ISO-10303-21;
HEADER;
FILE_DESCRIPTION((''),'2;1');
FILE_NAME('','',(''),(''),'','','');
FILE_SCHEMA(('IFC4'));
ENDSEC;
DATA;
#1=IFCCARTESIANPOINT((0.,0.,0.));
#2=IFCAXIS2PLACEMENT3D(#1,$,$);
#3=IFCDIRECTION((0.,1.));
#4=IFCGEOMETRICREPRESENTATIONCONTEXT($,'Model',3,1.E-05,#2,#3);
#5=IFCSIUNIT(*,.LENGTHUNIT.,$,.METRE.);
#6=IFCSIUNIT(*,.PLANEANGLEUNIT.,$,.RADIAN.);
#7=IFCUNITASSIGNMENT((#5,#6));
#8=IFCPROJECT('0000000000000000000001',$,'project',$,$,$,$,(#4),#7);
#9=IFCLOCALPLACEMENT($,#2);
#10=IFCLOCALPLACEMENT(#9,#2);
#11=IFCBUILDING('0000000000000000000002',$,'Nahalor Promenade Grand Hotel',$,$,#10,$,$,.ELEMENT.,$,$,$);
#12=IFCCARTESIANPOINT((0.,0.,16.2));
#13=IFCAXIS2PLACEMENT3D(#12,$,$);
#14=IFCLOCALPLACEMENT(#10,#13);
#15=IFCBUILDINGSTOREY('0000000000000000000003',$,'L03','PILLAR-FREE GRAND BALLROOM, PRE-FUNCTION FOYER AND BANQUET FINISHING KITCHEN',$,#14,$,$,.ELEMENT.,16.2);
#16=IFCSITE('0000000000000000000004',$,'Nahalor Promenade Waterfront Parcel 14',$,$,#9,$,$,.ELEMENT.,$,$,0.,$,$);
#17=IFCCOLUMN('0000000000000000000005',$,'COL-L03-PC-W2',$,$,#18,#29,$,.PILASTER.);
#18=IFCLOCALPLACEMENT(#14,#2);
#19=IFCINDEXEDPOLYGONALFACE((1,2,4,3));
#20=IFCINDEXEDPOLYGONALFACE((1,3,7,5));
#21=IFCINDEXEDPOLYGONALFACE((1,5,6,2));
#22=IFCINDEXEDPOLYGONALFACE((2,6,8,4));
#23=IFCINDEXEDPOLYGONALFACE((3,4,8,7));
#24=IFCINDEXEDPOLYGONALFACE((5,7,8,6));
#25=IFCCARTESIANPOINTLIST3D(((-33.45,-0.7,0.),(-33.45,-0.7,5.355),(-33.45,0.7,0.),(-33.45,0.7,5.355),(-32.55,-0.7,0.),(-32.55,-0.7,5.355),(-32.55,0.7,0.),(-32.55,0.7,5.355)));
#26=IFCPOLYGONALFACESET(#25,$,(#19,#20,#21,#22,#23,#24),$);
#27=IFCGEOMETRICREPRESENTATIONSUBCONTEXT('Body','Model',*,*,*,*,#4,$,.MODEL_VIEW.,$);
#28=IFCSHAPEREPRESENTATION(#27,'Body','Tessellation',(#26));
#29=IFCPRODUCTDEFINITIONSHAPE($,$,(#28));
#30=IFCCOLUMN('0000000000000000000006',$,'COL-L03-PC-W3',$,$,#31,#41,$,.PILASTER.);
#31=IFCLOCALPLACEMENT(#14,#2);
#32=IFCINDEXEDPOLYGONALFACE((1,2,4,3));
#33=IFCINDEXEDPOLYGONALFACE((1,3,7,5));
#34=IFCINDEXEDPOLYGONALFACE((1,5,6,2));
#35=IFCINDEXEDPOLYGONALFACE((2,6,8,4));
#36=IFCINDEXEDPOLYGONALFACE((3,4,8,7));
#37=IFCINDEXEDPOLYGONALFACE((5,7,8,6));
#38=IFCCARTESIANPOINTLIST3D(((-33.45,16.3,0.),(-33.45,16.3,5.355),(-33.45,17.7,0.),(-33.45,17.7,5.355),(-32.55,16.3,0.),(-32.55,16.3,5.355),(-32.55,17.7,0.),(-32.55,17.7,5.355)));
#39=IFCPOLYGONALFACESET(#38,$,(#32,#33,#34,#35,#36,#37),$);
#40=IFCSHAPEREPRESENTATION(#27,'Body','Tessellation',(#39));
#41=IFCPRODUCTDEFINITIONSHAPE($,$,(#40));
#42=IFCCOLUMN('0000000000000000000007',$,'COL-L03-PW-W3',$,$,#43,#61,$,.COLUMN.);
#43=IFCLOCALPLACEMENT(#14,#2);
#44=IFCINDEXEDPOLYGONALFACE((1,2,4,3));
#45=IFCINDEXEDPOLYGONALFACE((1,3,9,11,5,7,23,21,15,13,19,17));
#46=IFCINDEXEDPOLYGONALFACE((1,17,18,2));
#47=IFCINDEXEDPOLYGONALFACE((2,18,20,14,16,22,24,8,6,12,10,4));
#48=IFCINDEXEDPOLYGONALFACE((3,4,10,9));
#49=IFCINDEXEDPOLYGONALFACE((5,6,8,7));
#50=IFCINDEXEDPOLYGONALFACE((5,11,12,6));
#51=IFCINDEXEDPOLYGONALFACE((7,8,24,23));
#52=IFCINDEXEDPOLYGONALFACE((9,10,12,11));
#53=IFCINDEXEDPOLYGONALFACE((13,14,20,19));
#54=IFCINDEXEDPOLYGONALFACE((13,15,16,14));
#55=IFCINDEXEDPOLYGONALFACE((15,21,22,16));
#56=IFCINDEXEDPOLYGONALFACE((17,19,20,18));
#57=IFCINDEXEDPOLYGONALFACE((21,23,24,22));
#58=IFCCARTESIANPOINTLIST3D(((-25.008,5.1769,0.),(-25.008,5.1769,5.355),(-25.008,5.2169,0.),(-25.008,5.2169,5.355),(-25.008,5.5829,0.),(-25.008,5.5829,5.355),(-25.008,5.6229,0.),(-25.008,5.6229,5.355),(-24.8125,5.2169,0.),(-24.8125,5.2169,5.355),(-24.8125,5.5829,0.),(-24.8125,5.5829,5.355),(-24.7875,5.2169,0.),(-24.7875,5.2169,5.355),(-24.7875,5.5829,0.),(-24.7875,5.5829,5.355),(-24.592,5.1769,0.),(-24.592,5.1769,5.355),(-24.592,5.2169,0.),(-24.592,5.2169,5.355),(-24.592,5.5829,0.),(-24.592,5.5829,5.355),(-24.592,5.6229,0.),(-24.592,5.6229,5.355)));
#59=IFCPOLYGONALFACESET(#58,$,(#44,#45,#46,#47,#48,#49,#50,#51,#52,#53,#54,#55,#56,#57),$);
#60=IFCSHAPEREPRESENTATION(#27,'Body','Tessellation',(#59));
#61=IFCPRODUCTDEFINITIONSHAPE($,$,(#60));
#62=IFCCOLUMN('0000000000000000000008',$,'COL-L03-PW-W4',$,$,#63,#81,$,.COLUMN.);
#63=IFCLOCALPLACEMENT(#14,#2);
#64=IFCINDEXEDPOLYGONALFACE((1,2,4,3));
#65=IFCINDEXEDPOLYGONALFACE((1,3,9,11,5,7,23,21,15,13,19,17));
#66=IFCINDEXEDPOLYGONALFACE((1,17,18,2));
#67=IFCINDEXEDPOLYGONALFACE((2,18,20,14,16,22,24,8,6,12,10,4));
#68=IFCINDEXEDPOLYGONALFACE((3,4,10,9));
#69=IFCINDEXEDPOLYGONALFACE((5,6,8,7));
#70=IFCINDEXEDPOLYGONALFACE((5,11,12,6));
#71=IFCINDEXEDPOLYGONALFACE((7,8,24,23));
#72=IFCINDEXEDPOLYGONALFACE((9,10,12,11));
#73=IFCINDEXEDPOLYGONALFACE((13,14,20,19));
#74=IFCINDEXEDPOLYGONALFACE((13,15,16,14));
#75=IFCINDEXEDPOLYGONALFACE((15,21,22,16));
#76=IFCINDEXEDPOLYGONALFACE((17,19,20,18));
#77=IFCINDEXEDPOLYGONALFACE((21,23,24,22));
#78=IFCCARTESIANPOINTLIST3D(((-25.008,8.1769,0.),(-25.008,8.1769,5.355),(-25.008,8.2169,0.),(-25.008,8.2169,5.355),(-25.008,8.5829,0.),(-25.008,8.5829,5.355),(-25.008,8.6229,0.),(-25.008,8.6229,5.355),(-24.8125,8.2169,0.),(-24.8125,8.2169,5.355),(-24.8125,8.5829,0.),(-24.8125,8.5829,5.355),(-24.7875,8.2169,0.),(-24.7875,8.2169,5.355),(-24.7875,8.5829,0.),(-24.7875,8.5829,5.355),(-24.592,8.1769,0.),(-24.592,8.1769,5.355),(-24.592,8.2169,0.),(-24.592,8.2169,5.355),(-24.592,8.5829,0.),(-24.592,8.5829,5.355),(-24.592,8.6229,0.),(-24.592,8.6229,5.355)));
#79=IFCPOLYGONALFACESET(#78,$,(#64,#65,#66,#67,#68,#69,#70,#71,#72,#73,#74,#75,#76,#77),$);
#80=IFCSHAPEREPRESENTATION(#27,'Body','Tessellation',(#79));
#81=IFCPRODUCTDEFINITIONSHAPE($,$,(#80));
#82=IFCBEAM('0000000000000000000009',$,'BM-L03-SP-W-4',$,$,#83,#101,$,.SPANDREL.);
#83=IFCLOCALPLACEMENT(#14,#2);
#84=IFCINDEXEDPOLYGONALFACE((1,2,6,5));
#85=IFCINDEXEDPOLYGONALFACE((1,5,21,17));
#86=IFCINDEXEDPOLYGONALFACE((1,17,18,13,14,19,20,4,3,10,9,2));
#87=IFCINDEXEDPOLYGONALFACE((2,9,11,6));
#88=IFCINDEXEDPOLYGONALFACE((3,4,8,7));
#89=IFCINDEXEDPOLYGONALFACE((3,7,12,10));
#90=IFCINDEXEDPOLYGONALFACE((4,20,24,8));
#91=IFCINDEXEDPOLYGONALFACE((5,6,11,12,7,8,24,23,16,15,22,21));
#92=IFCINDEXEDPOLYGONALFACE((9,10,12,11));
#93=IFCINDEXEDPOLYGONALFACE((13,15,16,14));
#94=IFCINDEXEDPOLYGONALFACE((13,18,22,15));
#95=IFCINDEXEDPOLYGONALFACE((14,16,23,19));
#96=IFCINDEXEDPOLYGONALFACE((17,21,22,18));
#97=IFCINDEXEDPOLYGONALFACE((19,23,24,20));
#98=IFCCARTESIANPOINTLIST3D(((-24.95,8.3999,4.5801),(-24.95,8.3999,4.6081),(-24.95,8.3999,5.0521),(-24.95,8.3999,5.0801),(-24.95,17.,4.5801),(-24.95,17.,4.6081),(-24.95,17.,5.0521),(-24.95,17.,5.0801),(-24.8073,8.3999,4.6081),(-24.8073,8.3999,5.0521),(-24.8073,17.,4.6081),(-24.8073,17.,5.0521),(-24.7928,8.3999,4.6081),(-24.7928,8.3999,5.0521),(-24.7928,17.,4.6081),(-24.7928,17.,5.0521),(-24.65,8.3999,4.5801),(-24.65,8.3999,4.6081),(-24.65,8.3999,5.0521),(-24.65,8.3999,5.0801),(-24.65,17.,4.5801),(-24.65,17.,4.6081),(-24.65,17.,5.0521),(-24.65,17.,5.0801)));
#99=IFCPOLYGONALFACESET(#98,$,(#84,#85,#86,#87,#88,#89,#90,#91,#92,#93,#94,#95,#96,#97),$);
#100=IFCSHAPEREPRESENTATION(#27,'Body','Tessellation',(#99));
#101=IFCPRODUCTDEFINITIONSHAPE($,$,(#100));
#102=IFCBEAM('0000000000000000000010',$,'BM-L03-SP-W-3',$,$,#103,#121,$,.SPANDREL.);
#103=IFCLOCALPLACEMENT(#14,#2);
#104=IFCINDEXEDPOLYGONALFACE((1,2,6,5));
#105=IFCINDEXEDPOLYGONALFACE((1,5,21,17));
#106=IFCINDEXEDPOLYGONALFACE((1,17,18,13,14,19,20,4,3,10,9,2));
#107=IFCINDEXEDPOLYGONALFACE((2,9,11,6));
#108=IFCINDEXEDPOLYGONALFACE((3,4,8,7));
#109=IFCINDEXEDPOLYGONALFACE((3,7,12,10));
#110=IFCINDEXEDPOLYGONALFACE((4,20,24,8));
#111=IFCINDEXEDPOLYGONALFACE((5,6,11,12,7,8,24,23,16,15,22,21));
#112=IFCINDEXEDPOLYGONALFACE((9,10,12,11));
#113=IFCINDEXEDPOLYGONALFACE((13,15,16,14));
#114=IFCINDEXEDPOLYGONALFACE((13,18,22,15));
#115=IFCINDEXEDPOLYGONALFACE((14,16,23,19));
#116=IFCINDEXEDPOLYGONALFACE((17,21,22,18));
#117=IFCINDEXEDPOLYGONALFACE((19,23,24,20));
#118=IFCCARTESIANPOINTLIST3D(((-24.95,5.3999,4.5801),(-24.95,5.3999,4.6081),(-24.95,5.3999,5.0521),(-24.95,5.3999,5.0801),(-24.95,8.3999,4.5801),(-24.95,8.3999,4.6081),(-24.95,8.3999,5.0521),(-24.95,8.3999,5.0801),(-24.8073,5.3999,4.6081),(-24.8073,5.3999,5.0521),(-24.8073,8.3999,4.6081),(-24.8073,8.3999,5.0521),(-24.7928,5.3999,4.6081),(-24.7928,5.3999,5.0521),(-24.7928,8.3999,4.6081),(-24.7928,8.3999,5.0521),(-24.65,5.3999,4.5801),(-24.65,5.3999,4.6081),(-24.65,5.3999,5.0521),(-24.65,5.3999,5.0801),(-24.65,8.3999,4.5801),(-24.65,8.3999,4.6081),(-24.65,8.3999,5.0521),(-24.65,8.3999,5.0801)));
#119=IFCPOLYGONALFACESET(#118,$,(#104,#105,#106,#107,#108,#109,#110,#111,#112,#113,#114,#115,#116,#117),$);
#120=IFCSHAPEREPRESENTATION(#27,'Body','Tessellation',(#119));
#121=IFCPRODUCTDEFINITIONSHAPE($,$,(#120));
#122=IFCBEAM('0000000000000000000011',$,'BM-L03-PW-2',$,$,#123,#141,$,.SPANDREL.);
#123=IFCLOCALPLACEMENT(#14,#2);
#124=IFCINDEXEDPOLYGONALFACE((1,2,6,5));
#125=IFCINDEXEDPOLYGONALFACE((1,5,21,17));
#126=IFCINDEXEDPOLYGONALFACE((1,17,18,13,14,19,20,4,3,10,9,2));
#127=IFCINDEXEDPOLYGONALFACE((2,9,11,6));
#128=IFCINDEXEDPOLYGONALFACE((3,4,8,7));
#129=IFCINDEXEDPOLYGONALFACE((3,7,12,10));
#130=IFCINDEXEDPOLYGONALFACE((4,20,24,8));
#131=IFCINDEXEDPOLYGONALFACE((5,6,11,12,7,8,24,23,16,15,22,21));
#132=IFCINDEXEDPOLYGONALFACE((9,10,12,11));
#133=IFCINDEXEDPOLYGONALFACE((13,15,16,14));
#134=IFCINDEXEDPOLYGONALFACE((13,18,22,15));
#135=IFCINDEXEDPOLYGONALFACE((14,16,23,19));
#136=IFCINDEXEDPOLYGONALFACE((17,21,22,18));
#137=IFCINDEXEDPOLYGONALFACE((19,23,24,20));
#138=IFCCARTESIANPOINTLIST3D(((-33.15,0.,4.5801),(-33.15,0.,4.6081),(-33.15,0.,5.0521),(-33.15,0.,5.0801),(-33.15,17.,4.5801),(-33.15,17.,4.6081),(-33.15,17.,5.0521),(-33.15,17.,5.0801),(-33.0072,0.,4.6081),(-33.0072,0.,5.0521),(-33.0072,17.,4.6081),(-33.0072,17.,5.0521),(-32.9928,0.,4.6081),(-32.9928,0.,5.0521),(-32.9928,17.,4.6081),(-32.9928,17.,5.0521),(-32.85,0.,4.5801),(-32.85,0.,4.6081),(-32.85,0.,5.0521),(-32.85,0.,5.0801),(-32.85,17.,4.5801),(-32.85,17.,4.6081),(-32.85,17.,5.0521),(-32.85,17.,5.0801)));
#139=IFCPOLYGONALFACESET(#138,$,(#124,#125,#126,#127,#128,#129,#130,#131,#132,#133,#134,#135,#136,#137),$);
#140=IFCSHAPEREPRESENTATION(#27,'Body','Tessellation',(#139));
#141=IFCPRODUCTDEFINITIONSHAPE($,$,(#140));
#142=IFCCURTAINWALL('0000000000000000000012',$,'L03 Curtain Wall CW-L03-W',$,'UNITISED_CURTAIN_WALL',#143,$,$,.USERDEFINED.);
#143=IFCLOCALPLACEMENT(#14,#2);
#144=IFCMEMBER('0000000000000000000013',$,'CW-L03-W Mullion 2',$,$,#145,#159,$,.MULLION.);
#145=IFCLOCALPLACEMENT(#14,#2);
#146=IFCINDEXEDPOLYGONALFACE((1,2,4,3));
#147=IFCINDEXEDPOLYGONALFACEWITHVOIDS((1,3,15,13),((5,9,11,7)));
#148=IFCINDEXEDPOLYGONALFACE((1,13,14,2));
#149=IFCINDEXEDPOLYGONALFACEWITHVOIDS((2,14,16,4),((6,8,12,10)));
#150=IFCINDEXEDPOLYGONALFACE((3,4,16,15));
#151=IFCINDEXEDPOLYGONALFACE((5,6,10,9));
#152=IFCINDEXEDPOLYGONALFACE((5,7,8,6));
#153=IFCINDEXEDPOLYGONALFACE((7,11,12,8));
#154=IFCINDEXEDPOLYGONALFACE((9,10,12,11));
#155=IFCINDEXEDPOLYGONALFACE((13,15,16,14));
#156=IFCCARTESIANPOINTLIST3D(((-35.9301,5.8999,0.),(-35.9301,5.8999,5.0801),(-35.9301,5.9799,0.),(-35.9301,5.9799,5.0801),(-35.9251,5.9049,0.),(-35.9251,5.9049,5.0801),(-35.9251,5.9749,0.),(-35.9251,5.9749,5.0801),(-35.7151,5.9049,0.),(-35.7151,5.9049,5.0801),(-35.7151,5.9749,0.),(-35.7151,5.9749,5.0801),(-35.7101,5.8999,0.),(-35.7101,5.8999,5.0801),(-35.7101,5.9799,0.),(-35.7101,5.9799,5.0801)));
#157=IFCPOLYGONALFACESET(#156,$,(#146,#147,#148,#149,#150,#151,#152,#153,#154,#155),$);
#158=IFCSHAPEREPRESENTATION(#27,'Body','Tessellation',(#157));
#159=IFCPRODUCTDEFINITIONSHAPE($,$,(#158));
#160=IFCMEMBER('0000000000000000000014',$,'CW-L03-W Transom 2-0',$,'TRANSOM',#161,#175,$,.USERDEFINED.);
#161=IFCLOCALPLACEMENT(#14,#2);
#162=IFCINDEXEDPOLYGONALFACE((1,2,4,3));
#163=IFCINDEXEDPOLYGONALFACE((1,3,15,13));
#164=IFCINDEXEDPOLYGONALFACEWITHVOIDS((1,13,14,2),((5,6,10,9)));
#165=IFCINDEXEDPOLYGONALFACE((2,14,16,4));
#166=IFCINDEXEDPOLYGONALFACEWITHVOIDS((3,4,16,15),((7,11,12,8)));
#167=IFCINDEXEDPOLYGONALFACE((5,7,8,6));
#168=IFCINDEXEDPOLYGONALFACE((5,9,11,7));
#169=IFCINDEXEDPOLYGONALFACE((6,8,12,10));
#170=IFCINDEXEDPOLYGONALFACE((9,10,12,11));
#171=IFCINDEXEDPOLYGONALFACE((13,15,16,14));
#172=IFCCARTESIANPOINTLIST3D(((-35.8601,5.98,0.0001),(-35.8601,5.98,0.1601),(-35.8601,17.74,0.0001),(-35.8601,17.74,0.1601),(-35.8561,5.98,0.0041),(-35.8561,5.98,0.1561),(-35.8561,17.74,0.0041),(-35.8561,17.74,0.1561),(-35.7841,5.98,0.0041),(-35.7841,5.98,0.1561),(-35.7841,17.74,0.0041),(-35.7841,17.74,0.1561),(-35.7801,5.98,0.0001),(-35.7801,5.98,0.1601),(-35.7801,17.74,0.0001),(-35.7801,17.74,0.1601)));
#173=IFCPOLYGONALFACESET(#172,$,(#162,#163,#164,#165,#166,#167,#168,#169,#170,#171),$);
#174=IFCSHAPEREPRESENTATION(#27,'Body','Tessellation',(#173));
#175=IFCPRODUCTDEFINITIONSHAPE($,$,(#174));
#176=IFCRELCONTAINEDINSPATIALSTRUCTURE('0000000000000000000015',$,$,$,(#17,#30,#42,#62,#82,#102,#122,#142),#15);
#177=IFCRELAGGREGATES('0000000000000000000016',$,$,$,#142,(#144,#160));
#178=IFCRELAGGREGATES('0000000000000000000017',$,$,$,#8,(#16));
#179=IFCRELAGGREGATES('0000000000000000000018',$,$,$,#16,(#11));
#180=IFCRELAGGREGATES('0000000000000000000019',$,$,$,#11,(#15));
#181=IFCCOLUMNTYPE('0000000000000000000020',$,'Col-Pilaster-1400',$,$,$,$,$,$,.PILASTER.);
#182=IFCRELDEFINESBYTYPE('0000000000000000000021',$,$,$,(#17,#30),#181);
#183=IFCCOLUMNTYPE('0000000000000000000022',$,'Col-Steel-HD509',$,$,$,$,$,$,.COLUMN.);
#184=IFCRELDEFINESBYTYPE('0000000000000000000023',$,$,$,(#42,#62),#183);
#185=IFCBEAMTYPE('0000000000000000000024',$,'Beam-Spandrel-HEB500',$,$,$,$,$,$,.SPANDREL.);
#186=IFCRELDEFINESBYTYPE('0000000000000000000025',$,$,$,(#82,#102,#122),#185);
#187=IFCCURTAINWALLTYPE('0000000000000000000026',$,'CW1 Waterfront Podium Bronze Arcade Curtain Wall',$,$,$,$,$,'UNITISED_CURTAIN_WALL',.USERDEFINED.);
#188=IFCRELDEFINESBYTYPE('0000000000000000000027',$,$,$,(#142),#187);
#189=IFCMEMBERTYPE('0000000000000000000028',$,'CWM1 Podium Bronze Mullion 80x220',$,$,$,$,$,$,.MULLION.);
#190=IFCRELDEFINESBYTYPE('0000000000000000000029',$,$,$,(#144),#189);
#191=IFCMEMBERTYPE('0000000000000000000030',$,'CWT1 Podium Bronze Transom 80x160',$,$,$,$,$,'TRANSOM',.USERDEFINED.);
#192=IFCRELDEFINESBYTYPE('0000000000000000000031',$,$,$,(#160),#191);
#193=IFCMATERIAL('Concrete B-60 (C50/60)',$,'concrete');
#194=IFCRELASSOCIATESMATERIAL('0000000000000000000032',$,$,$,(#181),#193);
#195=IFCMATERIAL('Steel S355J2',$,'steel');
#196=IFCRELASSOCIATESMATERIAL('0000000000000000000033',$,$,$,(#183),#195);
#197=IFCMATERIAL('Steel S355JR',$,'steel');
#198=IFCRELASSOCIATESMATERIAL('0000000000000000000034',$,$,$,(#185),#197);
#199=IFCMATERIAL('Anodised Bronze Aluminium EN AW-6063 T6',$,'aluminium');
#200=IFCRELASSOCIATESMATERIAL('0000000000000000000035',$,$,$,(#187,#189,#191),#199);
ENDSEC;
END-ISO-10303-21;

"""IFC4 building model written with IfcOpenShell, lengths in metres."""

from ifc_helpers import new_model, si_unit, direction, frame, origin, origin_2d, place, context, subcontext, project, spatial, rectangle, hollow_rectangle, i_section, extrude, source, transform, mapped, material, material_profile, profile_set, type_object, element, aggregate, save


model = new_model("IFC4")

# Units and contexts
model_context = context("Model", 3, precision=1e-05, world=origin(), true_north=direction((0.0, 1.0)))
body_context = subcontext(model_context, "Body", "Model", "MODEL_VIEW")
ifc_project = project(units=[si_unit("LENGTHUNIT", "METRE"), si_unit("PLANEANGLEUNIT", "RADIAN")], contexts=[model_context])

# Site, building, storey
site_placement = place(None, origin())
site = spatial("IfcSite", under=ifc_project, at=site_placement, Name="Nahalor Promenade Waterfront Parcel 14", CompositionType="ELEMENT", RefElevation=0.0)
building_placement = place(site_placement, origin())
building = spatial("IfcBuilding", under=site, at=building_placement, Name="Nahalor Promenade Grand Hotel", CompositionType="ELEMENT")
storey_placement = place(building_placement, frame((0.0, 0.0, 16.2)))
storey = spatial("IfcBuildingStorey", under=building, at=storey_placement, Name="L03", Description="PILLAR-FREE GRAND BALLROOM, PRE-FUNCTION FOYER AND BANQUET FINISHING KITCHEN", CompositionType="ELEMENT", Elevation=16.2)

# Columns
ifc_material_1 = material(Name="Concrete B-60 (C50/60)", Category="concrete")
ifc_material_profile_1 = material_profile(ifc_material_1, rectangle(XDim=0.9, YDim=1.4, at=origin_2d()), Name="RC 900x1400")
ifc_profile_set_1 = profile_set([ifc_material_profile_1], Name="Concrete B-60 (C50/60)")
column_type_1 = type_object("IfcColumnType", Name="Col-Pilaster-1400", PredefinedType="PILASTER", material=ifc_profile_set_1)
shared_shape_1 = source(origin(), body_context, "Body", "SweptSolid", [
    extrude(rectangle(XDim=0.9, YDim=1.4, at=origin_2d()), origin(), (0.0, 0.0, 1.0), 5.355),
])
for number, where, z_axis, x_axis, name in (
    (1, (-33.0, 0.0, 0.0), (0.0, 0.0, 1.0), (1.0, 0.0, 0.0), "COL-L03-PC-W2"),
    (2, (-33.0, 17.0, 0.0), (0.0, 0.0, 1.0), (1.0, 0.0, 0.0), "COL-L03-PC-W3"),
):
    element("IfcColumn", number, at=place(storey_placement, frame(where, z_axis=z_axis, x_axis=x_axis)), inside=storey, type_object=column_type_1, Name=name, PredefinedType="PILASTER", context=body_context, shape_type="MappedRepresentation", body=[
        mapped(shared_shape_1, transform((0.0, 0.0, 0.0), scale=1.0)),
    ])
ifc_material_2 = material(Name="Steel S355J2", Category="steel")
ifc_material_profile_2 = material_profile(ifc_material_2, i_section(OverallWidth=0.416, OverallDepth=0.446, WebThickness=0.025, FlangeThickness=0.04, at=origin_2d()), Name="HD 400x509")
ifc_profile_set_2 = profile_set([ifc_material_profile_2], Name="Steel S355J2")
column_type_2 = type_object("IfcColumnType", Name="Col-Steel-HD509", PredefinedType="COLUMN", material=ifc_profile_set_2)
shared_shape_2 = source(origin(), body_context, "Body", "SweptSolid", [
    extrude(i_section(OverallWidth=0.416, OverallDepth=0.446, WebThickness=0.025, FlangeThickness=0.04, at=origin_2d()), origin(), (0.0, 0.0, 1.0), 5.355),
])
for number, where, z_axis, x_axis, name in (
    (3, (-24.8, 5.3999, 0.0), (0.0, 0.0, 1.0), (1.0, 0.0, 0.0), "COL-L03-PW-W3"),
    (4, (-24.8, 8.3999, 0.0), (0.0, 0.0, 1.0), (1.0, 0.0, 0.0), "COL-L03-PW-W4"),
):
    element("IfcColumn", number, at=place(storey_placement, frame(where, z_axis=z_axis, x_axis=x_axis)), inside=storey, type_object=column_type_2, Name=name, PredefinedType="COLUMN", context=body_context, shape_type="MappedRepresentation", body=[
        mapped(shared_shape_2, transform((0.0, 0.0, 0.0), scale=1.0)),
    ])

# Beams
ifc_material_3 = material(Name="Steel S355JR", Category="steel")
ifc_material_profile_3 = material_profile(ifc_material_3, i_section(OverallWidth=0.3, OverallDepth=0.5, WebThickness=0.0145, FlangeThickness=0.028, at=origin_2d()), Name="HEB 500")
ifc_profile_set_3 = profile_set([ifc_material_profile_3], Name="Steel S355JR")
beam_type = type_object("IfcBeamType", Name="Beam-Spandrel-HEB500", PredefinedType="SPANDREL", material=ifc_profile_set_3)
shared_shape_3 = source(origin(), body_context, "Body", "SweptSolid", [
    extrude(i_section(OverallWidth=0.3, OverallDepth=0.5, WebThickness=0.0145, FlangeThickness=0.028, at=origin_2d()), origin(), (0.0, 0.0, 1.0), 8.6001),
])
beam_1_placement = place(storey_placement, frame((-24.8, 8.3999, 4.8301), z_axis=(0.0, 1.0, 0.0), x_axis=(-1.0, 0.0, 0.0)))
element("IfcBeam", 5, at=beam_1_placement, inside=storey, type_object=beam_type, Name="BM-L03-SP-W-4", PredefinedType="SPANDREL", context=body_context, shape_type="MappedRepresentation", body=[
    mapped(shared_shape_3, transform((0.0, 0.0, 0.0), scale=1.0)),
])
shared_shape_4 = source(origin(), body_context, "Body", "SweptSolid", [
    extrude(i_section(OverallWidth=0.3, OverallDepth=0.5, WebThickness=0.0145, FlangeThickness=0.028, at=origin_2d()), origin(), (0.0, 0.0, 1.0), 3.0),
])
beam_2_placement = place(storey_placement, frame((-24.8, 5.3999, 4.8301), z_axis=(0.0, 1.0, 0.0), x_axis=(-1.0, 0.0, 0.0)))
element("IfcBeam", 6, at=beam_2_placement, inside=storey, type_object=beam_type, Name="BM-L03-SP-W-3", PredefinedType="SPANDREL", context=body_context, shape_type="MappedRepresentation", body=[
    mapped(shared_shape_4, transform((0.0, 0.0, 0.0), scale=1.0)),
])
shared_shape_5 = source(origin(), body_context, "Body", "SweptSolid", [
    extrude(i_section(OverallWidth=0.3, OverallDepth=0.5, WebThickness=0.0145, FlangeThickness=0.028, at=origin_2d()), origin(), (0.0, 0.0, 1.0), 17.0),
])
beam_3_placement = place(storey_placement, frame((-33.0, 0.0, 4.8301), z_axis=(0.0, 1.0, 0.0), x_axis=(-1.0, 0.0, 0.0)))
element("IfcBeam", 7, at=beam_3_placement, inside=storey, type_object=beam_type, Name="BM-L03-PW-2", PredefinedType="SPANDREL", context=body_context, shape_type="MappedRepresentation", body=[
    mapped(shared_shape_5, transform((0.0, 0.0, 0.0), scale=1.0)),
])

# Curtain wall, members
ifc_material_4 = material(Name="Anodised Bronze Aluminium EN AW-6063 T6", Category="aluminium")
curtain_wall_type = type_object("IfcCurtainWallType", Name="CW1 Waterfront Podium Bronze Arcade Curtain Wall", ElementType="UNITISED_CURTAIN_WALL", PredefinedType="USERDEFINED", material=ifc_material_4)
curtain_wall_placement = place(storey_placement, origin())
curtain_wall = element("IfcCurtainWall", 8, at=curtain_wall_placement, inside=storey, type_object=curtain_wall_type, Name="L03 Curtain Wall CW-L03-W", ObjectType="UNITISED_CURTAIN_WALL", PredefinedType="USERDEFINED")
ifc_material_profile_4 = material_profile(ifc_material_4, hollow_rectangle(XDim=0.08, YDim=0.22, WallThickness=0.005, at=origin_2d()), Name="CWM 80x220x5")
ifc_profile_set_4 = profile_set([ifc_material_profile_4], Name="Anodised Bronze Aluminium EN AW-6063 T6")
member_type_1 = type_object("IfcMemberType", Name="CWM1 Podium Bronze Mullion 80x220", PredefinedType="MULLION", material=ifc_profile_set_4)
shared_shape_6 = source(origin(), body_context, "Body", "SweptSolid", [
    extrude(hollow_rectangle(XDim=0.08, YDim=0.22, WallThickness=0.005, at=origin_2d()), origin(), (0.0, 0.0, 1.0), 5.0801),
])
member_1_placement = place(storey_placement, frame((-35.8201, 5.9399, 0.0), z_axis=(0.0, 0.0, 1.0), x_axis=(0.0, 1.0, 0.0)))
member_1 = element("IfcMember", 9, at=member_1_placement, type_object=member_type_1, Name="CW-L03-W Mullion 2", PredefinedType="MULLION", context=body_context, shape_type="MappedRepresentation", body=[
    mapped(shared_shape_6, transform((0.0, 0.0, 0.0), scale=1.0)),
])
ifc_material_profile_5 = material_profile(ifc_material_4, hollow_rectangle(XDim=0.08, YDim=0.16, WallThickness=0.004, at=origin_2d()), Name="CWT 80x160x4")
ifc_profile_set_5 = profile_set([ifc_material_profile_5], Name="Anodised Bronze Aluminium EN AW-6063 T6")
member_type_2 = type_object("IfcMemberType", Name="CWT1 Podium Bronze Transom 80x160", ElementType="TRANSOM", PredefinedType="USERDEFINED", material=ifc_profile_set_5)
shared_shape_7 = source(origin(), body_context, "Body", "SweptSolid", [
    extrude(hollow_rectangle(XDim=0.08, YDim=0.16, WallThickness=0.004, at=origin_2d()), origin(), (0.0, 0.0, 1.0), 11.76),
])
member_2_placement = place(storey_placement, frame((-35.8201, 5.98, 0.0801), z_axis=(0.0, 1.0, 0.0), x_axis=(-1.0, 0.0, 0.0)))
member_2 = element("IfcMember", 10, at=member_2_placement, type_object=member_type_2, Name="CW-L03-W Transom 2-0", ObjectType="TRANSOM", PredefinedType="USERDEFINED", context=body_context, shape_type="MappedRepresentation", body=[
    mapped(shared_shape_7, transform((0.0, 0.0, 0.0), scale=1.0)),
])
aggregate(curtain_wall, [member_1, member_2])

save(model, "model.ifc")
